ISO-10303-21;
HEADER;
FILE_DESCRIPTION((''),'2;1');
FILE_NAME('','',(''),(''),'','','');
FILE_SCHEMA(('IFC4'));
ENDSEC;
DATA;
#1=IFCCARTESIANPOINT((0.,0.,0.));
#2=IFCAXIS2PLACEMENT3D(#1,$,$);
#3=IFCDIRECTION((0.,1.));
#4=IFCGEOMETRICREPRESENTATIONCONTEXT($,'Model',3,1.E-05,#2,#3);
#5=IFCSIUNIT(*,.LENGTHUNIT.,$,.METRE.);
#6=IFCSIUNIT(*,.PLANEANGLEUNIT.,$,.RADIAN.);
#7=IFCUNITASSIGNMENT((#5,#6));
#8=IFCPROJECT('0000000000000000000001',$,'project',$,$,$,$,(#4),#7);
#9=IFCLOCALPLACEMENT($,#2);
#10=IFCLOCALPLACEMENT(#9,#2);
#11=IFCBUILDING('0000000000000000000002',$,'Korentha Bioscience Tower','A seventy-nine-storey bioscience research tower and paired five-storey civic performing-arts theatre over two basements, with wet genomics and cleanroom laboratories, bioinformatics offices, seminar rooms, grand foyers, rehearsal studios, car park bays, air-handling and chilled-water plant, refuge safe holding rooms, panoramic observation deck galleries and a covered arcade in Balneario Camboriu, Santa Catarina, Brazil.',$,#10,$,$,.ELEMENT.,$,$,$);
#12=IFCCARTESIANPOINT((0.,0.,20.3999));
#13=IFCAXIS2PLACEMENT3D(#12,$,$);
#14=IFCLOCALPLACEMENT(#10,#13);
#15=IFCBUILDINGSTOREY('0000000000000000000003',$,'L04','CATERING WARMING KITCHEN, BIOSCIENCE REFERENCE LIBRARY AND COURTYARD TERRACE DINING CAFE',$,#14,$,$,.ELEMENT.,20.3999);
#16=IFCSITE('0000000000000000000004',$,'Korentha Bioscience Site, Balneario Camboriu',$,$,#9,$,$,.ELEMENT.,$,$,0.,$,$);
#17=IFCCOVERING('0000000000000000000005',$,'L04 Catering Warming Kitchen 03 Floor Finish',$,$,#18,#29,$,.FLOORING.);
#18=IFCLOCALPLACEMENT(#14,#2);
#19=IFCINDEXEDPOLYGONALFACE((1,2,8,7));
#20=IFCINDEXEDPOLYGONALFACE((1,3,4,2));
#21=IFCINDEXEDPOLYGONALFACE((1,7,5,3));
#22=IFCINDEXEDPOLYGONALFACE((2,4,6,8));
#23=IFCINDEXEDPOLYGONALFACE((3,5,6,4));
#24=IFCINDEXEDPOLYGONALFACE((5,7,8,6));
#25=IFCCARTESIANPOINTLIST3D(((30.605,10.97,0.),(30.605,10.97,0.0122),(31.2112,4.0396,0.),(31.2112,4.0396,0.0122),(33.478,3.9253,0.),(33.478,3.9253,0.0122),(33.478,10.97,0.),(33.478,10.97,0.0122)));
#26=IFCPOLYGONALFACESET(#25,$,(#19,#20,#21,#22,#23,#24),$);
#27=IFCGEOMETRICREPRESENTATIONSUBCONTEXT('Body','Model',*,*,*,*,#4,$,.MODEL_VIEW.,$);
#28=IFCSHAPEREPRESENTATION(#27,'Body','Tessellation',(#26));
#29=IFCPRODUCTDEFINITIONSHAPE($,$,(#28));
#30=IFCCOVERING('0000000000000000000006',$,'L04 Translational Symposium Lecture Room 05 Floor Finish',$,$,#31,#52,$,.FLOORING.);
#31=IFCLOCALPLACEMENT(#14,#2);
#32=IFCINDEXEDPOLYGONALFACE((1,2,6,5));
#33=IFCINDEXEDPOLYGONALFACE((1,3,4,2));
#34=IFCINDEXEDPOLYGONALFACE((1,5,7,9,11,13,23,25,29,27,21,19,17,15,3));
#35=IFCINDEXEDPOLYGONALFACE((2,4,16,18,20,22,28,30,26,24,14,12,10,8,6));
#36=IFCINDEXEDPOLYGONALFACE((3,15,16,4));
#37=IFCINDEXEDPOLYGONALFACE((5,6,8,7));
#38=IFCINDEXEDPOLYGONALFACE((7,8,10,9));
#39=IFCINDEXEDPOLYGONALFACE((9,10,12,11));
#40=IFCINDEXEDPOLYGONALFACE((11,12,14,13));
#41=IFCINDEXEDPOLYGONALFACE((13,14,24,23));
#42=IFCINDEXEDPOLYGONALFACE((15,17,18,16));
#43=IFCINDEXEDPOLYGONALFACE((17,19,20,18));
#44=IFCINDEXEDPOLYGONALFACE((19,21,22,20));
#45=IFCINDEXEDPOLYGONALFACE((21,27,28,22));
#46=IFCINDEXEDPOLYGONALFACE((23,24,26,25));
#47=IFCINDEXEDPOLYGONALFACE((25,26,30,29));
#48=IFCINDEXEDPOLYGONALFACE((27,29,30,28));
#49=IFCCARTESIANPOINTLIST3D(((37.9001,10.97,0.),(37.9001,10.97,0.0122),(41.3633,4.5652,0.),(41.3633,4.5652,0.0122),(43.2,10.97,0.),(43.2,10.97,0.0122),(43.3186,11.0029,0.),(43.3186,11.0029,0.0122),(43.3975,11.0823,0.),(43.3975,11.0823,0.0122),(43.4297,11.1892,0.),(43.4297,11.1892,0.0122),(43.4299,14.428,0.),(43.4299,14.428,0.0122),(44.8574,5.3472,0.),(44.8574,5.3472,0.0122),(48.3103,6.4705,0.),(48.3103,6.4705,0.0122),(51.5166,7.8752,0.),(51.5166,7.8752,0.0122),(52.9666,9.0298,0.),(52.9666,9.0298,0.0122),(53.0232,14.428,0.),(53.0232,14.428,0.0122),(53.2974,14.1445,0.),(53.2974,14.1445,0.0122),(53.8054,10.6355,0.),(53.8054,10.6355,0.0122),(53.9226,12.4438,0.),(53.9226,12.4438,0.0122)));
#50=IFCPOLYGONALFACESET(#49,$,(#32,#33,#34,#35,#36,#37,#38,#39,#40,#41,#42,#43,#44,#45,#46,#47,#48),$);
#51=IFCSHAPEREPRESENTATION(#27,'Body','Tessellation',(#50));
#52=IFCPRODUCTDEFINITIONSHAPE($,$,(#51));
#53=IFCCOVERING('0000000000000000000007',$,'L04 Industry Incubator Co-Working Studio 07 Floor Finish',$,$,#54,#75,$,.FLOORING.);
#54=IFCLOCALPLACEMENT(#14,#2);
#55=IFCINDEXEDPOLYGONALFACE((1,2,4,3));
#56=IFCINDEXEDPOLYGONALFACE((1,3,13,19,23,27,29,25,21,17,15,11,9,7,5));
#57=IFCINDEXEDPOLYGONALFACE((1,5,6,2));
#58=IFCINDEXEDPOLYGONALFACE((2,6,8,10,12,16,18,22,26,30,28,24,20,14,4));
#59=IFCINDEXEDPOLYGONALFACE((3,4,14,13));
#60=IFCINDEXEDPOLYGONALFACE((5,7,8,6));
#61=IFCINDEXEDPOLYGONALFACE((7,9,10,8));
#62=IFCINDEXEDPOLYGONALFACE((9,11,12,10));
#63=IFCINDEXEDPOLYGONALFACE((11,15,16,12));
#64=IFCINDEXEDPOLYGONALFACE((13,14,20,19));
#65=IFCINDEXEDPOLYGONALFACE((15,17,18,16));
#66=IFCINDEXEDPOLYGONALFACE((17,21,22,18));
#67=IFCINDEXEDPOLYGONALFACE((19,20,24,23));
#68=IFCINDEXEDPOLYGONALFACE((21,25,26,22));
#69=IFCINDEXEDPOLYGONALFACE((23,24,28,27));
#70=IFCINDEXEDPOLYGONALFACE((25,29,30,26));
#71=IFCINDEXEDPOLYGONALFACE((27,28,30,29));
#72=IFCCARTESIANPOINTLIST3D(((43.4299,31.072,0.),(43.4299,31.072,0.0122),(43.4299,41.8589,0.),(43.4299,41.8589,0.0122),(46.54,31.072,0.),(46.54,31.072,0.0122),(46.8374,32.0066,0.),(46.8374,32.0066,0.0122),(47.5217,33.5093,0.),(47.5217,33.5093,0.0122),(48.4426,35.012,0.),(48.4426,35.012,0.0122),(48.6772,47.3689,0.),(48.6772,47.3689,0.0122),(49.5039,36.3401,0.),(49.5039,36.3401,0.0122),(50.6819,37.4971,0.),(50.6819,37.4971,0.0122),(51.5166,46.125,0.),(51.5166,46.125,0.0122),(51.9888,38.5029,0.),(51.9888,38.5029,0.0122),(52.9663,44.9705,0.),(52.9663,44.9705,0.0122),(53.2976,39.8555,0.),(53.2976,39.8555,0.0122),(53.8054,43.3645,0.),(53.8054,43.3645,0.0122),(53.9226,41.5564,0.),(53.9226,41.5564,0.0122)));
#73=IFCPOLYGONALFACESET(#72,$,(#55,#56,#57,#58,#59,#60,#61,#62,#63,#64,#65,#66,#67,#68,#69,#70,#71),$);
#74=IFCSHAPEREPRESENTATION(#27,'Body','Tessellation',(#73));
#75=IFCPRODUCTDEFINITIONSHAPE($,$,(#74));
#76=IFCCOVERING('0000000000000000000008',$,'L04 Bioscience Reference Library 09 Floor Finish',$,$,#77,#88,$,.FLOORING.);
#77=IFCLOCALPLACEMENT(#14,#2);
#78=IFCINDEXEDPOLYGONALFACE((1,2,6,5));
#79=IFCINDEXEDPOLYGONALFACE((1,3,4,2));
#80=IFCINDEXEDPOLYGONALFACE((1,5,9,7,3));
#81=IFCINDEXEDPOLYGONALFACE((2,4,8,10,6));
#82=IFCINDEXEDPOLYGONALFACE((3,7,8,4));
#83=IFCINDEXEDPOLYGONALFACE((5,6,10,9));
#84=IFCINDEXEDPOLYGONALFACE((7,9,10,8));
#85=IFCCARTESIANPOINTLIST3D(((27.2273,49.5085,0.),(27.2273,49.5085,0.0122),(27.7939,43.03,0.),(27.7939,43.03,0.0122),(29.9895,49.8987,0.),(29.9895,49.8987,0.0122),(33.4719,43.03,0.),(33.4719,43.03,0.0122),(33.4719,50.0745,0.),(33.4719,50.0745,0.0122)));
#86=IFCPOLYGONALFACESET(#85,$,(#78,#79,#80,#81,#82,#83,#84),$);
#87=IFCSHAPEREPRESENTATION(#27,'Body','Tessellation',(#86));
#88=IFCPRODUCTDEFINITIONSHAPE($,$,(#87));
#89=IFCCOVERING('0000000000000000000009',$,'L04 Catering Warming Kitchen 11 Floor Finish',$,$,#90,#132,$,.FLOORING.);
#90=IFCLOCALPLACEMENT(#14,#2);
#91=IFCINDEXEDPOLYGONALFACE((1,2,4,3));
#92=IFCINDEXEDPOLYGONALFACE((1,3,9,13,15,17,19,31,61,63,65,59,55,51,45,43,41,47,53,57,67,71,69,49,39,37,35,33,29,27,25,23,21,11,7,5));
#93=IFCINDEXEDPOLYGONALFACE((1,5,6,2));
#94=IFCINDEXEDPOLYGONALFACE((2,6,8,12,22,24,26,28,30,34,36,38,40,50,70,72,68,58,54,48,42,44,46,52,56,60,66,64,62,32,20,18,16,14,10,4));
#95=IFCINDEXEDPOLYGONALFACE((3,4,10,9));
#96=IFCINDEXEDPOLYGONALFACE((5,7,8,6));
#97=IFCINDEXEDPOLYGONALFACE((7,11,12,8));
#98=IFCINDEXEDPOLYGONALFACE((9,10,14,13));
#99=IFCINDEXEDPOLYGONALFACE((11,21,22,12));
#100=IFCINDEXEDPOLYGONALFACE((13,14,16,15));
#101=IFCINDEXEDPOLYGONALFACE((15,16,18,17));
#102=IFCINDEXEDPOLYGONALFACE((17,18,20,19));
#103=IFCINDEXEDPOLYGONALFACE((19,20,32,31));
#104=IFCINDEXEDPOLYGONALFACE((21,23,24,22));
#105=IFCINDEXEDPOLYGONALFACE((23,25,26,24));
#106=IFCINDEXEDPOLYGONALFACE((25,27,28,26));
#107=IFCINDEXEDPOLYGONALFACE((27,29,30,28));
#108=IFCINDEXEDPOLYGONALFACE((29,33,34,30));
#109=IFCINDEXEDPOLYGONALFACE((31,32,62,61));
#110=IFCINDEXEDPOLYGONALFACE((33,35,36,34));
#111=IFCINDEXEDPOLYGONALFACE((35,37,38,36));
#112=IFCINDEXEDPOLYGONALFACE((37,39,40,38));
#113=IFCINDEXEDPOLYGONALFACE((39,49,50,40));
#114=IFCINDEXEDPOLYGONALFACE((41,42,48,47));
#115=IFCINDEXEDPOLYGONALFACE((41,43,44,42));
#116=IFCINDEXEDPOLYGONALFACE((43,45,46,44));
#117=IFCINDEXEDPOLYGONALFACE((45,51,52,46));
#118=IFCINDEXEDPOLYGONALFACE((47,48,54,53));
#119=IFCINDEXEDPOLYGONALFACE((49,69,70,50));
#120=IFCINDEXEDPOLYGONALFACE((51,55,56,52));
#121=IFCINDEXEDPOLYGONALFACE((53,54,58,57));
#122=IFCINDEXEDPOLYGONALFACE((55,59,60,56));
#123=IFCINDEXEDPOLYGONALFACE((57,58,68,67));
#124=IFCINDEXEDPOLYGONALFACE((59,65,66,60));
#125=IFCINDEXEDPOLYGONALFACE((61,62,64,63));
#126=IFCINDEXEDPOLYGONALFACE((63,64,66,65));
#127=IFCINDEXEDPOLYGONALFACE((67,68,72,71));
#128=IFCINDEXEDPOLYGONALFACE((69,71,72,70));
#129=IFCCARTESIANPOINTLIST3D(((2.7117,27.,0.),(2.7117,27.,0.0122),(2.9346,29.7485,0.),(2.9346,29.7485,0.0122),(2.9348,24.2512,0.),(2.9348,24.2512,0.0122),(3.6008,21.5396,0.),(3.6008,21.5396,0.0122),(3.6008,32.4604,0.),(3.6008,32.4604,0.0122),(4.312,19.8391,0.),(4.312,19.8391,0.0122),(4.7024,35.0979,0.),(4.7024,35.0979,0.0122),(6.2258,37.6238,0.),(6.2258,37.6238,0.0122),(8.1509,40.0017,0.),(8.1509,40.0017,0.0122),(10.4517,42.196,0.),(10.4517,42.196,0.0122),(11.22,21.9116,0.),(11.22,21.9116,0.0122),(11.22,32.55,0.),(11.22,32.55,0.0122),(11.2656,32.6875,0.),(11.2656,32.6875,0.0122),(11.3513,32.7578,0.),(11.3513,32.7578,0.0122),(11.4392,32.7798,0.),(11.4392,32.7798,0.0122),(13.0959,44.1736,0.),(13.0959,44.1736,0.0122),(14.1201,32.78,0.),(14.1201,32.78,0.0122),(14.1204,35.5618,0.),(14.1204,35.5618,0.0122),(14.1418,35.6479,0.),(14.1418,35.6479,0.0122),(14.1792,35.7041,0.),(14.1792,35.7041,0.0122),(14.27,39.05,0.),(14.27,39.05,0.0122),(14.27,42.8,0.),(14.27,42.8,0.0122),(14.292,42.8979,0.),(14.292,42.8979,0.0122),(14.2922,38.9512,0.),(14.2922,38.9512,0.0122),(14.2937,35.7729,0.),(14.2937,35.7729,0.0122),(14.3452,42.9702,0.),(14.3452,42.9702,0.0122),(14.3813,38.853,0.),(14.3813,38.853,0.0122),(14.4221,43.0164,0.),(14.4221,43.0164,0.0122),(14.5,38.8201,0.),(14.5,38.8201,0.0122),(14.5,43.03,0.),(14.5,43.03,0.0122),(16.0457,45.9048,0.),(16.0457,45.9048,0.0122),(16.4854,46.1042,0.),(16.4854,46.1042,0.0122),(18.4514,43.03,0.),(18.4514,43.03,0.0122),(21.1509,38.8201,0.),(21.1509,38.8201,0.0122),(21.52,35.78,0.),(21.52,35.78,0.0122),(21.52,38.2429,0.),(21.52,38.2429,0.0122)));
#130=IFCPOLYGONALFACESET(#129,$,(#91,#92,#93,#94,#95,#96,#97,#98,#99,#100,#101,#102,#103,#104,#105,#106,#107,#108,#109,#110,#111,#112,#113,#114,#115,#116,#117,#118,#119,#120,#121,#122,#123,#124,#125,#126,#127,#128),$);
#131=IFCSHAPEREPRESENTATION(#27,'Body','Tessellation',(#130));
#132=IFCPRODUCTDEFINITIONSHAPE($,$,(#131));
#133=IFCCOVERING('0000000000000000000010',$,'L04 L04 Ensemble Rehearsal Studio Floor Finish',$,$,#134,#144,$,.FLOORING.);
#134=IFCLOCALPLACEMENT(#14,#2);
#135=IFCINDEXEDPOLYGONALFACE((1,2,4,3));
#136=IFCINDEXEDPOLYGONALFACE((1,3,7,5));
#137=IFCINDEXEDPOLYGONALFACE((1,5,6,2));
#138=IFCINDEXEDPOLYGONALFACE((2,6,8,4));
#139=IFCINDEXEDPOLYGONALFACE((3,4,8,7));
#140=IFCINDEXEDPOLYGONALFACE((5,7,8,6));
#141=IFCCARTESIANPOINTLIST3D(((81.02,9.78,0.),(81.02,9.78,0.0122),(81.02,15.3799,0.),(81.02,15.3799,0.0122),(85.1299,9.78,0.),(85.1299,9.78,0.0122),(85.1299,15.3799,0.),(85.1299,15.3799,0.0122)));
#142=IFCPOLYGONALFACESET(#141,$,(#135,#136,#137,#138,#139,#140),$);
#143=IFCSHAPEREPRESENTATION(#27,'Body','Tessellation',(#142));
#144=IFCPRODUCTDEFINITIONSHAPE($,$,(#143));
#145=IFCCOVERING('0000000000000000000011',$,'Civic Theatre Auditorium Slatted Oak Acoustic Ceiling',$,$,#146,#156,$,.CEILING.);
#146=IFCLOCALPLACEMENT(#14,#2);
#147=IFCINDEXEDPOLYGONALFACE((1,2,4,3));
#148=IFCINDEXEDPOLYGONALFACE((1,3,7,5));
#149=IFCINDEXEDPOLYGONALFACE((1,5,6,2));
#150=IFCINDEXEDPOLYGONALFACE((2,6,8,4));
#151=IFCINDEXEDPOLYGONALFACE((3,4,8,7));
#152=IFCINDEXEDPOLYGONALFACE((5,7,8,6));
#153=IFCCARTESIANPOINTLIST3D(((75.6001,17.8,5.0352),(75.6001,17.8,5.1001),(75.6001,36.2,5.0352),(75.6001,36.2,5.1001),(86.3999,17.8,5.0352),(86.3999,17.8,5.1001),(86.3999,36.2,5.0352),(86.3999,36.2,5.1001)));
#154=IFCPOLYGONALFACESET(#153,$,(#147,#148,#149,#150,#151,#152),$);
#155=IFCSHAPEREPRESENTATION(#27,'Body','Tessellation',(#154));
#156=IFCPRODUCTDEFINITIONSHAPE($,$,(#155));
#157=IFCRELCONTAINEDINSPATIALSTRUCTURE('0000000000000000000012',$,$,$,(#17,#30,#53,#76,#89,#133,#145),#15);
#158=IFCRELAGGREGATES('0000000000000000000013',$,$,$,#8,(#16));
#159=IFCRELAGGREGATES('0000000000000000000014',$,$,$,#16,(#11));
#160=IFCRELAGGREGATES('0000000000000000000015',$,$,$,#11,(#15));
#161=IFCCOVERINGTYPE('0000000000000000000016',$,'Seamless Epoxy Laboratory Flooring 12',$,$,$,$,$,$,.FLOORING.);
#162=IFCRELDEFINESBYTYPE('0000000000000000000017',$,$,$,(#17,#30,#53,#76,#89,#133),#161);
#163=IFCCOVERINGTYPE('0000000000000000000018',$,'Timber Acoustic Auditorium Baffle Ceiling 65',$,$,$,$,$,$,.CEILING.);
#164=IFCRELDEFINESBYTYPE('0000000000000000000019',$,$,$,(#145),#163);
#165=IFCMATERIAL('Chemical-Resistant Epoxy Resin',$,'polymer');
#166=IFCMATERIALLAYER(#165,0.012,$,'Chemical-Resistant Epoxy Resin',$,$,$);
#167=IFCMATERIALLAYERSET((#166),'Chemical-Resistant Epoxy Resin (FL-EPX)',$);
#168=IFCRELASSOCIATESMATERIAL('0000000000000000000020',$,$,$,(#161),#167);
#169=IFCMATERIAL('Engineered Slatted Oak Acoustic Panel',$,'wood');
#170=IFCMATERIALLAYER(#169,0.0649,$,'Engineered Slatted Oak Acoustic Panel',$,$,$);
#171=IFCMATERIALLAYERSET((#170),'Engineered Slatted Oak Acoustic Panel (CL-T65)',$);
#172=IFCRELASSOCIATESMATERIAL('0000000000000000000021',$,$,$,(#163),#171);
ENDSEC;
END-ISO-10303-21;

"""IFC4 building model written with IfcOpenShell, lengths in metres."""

from ifc_helpers import new_model, si_unit, direction, frame, origin, place, context, subcontext, project, spatial, polyline, outline, extrude, material, layer, layer_set, type_object, element, save


model = new_model("IFC4")

# Units and contexts
model_context = context("Model", 3, precision=1e-05, world=origin(), true_north=direction((0.0, 1.0)))
body_context = subcontext(model_context, "Body", "Model", "MODEL_VIEW")
ifc_project = project(units=[si_unit("LENGTHUNIT", "METRE"), si_unit("PLANEANGLEUNIT", "RADIAN")], contexts=[model_context])

# Site, building, storey
site_placement = place(None, origin())
site = spatial("IfcSite", under=ifc_project, at=site_placement, Name="Korentha Bioscience Site, Balneario Camboriu", CompositionType="ELEMENT", RefElevation=0.0)
building_placement = place(site_placement, origin())
building = spatial("IfcBuilding", under=site, at=building_placement, Name="Korentha Bioscience Tower", Description="A seventy-nine-storey bioscience research tower and paired five-storey civic performing-arts theatre over two basements, with wet genomics and cleanroom laboratories, bioinformatics offices, seminar rooms, grand foyers, rehearsal studios, car park bays, air-handling and chilled-water plant, refuge safe holding rooms, panoramic observation deck galleries and a covered arcade in Balneario Camboriu, Santa Catarina, Brazil.", CompositionType="ELEMENT")
storey_placement = place(building_placement, frame((0.0, 0.0, 20.3999)))
storey = spatial("IfcBuildingStorey", under=building, at=storey_placement, Name="L04", Description="CATERING WARMING KITCHEN, BIOSCIENCE REFERENCE LIBRARY AND COURTYARD TERRACE DINING CAFE", CompositionType="ELEMENT", Elevation=20.3999)

# Coverings
ifc_material_1 = material(Name="Chemical-Resistant Epoxy Resin", Category="polymer")
ifc_layer_1 = layer(ifc_material_1, 0.012, Name="Chemical-Resistant Epoxy Resin")
ifc_layer_set_1 = layer_set([ifc_layer_1], Name="Chemical-Resistant Epoxy Resin (FL-EPX)")
covering_type_1 = type_object("IfcCoveringType", Name="Seamless Epoxy Laboratory Flooring 12", PredefinedType="FLOORING", material=ifc_layer_set_1)
covering_1_placement = place(storey_placement, origin())
element("IfcCovering", 1, at=covering_1_placement, inside=storey, type_object=covering_type_1, Name="L04 Catering Warming Kitchen 03 Floor Finish", PredefinedType="FLOORING", context=body_context, shape_type="SweptSolid", body=[
    extrude(outline(polyline([(30.605, 10.97), (33.478, 10.97), (33.478, 3.9253), (31.2112, 4.0396), (30.605, 10.97)])), origin(), (0.0, 0.0, 1.0), 0.0122),
])
covering_2_placement = place(storey_placement, origin())
element("IfcCovering", 2, at=covering_2_placement, inside=storey, type_object=covering_type_1, Name="L04 Translational Symposium Lecture Room 05 Floor Finish", PredefinedType="FLOORING", context=body_context, shape_type="SweptSolid", body=[
    extrude(outline(polyline([(37.9001, 10.97), (43.2, 10.97), (43.3186, 11.0029), (43.3975, 11.0823), (43.4297, 11.1892), (43.4299, 14.428), (53.0232, 14.428), (53.2974, 14.1445), (53.9226, 12.4438), (53.8054, 10.6355), (52.9666, 9.0298), (51.5166, 7.8752), (48.3103, 6.4705), (44.8574, 5.3472), (41.3633, 4.5652), (37.9001, 10.97)])), origin(), (0.0, 0.0, 1.0), 0.0122),
])
covering_3_placement = place(storey_placement, origin())
element("IfcCovering", 3, at=covering_3_placement, inside=storey, type_object=covering_type_1, Name="L04 Industry Incubator Co-Working Studio 07 Floor Finish", PredefinedType="FLOORING", context=body_context, shape_type="SweptSolid", body=[
    extrude(outline(polyline([(53.2976, 39.8555), (51.9888, 38.5029), (50.6819, 37.4971), (49.5039, 36.3401), (48.4426, 35.012), (47.5217, 33.5093), (46.8374, 32.0066), (46.54, 31.072), (43.4299, 31.072), (43.4299, 41.8589), (48.6772, 47.3689), (51.5166, 46.125), (52.9663, 44.9705), (53.8054, 43.3645), (53.9226, 41.5564), (53.2976, 39.8555)])), origin(), (0.0, 0.0, 1.0), 0.0122),
])
covering_4_placement = place(storey_placement, origin())
element("IfcCovering", 4, at=covering_4_placement, inside=storey, type_object=covering_type_1, Name="L04 Bioscience Reference Library 09 Floor Finish", PredefinedType="FLOORING", context=body_context, shape_type="SweptSolid", body=[
    extrude(outline(polyline([(33.4719, 43.03), (27.7939, 43.03), (27.2273, 49.5085), (29.9895, 49.8987), (33.4719, 50.0745), (33.4719, 43.03)])), origin(), (0.0, 0.0, 1.0), 0.0122),
])
covering_5_placement = place(storey_placement, origin())
element("IfcCovering", 5, at=covering_5_placement, inside=storey, type_object=covering_type_1, Name="L04 Catering Warming Kitchen 11 Floor Finish", PredefinedType="FLOORING", context=body_context, shape_type="SweptSolid", body=[
    extrude(outline(polyline([(2.9346, 29.7485), (3.6008, 32.4604), (4.7024, 35.0979), (6.2258, 37.6238), (8.1509, 40.0017), (10.4517, 42.196), (13.0959, 44.1736), (16.0457, 45.9048), (16.4854, 46.1042), (18.4514, 43.03), (14.5, 43.03), (14.4221, 43.0164), (14.3452, 42.9702), (14.292, 42.8979), (14.27, 42.8), (14.27, 39.05), (14.2922, 38.9512), (14.3813, 38.853), (14.5, 38.8201), (21.1509, 38.8201), (21.52, 38.2429), (21.52, 35.78), (14.2937, 35.7729), (14.1792, 35.7041), (14.1418, 35.6479), (14.1204, 35.5618), (14.1201, 32.78), (11.4392, 32.7798), (11.3513, 32.7578), (11.2656, 32.6875), (11.22, 32.55), (11.22, 21.9116), (4.312, 19.8391), (3.6008, 21.5396), (2.9348, 24.2512), (2.7117, 27.0), (2.9346, 29.7485)])), origin(), (0.0, 0.0, 1.0), 0.0122),
])
covering_6_placement = place(storey_placement, origin())
element("IfcCovering", 6, at=covering_6_placement, inside=storey, type_object=covering_type_1, Name="L04 L04 Ensemble Rehearsal Studio Floor Finish", PredefinedType="FLOORING", context=body_context, shape_type="SweptSolid", body=[
    extrude(outline(polyline([(85.1299, 9.78), (81.02, 9.78), (81.02, 15.3799), (85.1299, 15.3799), (85.1299, 9.78)])), origin(), (0.0, 0.0, 1.0), 0.0122),
])
ifc_material_2 = material(Name="Engineered Slatted Oak Acoustic Panel", Category="wood")
ifc_layer_2 = layer(ifc_material_2, 0.0649, Name="Engineered Slatted Oak Acoustic Panel")
ifc_layer_set_2 = layer_set([ifc_layer_2], Name="Engineered Slatted Oak Acoustic Panel (CL-T65)")
covering_type_2 = type_object("IfcCoveringType", Name="Timber Acoustic Auditorium Baffle Ceiling 65", PredefinedType="CEILING", material=ifc_layer_set_2)
covering_7_placement = place(storey_placement, frame((0.0, 0.0, 5.0352)))
element("IfcCovering", 7, at=covering_7_placement, inside=storey, type_object=covering_type_2, Name="Civic Theatre Auditorium Slatted Oak Acoustic Ceiling", PredefinedType="CEILING", context=body_context, shape_type="SweptSolid", body=[
    extrude(outline(polyline([(75.6001, 17.8), (86.3999, 17.8), (86.3999, 36.2), (75.6001, 36.2), (75.6001, 17.8)])), origin(), (0.0, 0.0, 1.0), 0.0649),
])

save(model, "model.ifc")
